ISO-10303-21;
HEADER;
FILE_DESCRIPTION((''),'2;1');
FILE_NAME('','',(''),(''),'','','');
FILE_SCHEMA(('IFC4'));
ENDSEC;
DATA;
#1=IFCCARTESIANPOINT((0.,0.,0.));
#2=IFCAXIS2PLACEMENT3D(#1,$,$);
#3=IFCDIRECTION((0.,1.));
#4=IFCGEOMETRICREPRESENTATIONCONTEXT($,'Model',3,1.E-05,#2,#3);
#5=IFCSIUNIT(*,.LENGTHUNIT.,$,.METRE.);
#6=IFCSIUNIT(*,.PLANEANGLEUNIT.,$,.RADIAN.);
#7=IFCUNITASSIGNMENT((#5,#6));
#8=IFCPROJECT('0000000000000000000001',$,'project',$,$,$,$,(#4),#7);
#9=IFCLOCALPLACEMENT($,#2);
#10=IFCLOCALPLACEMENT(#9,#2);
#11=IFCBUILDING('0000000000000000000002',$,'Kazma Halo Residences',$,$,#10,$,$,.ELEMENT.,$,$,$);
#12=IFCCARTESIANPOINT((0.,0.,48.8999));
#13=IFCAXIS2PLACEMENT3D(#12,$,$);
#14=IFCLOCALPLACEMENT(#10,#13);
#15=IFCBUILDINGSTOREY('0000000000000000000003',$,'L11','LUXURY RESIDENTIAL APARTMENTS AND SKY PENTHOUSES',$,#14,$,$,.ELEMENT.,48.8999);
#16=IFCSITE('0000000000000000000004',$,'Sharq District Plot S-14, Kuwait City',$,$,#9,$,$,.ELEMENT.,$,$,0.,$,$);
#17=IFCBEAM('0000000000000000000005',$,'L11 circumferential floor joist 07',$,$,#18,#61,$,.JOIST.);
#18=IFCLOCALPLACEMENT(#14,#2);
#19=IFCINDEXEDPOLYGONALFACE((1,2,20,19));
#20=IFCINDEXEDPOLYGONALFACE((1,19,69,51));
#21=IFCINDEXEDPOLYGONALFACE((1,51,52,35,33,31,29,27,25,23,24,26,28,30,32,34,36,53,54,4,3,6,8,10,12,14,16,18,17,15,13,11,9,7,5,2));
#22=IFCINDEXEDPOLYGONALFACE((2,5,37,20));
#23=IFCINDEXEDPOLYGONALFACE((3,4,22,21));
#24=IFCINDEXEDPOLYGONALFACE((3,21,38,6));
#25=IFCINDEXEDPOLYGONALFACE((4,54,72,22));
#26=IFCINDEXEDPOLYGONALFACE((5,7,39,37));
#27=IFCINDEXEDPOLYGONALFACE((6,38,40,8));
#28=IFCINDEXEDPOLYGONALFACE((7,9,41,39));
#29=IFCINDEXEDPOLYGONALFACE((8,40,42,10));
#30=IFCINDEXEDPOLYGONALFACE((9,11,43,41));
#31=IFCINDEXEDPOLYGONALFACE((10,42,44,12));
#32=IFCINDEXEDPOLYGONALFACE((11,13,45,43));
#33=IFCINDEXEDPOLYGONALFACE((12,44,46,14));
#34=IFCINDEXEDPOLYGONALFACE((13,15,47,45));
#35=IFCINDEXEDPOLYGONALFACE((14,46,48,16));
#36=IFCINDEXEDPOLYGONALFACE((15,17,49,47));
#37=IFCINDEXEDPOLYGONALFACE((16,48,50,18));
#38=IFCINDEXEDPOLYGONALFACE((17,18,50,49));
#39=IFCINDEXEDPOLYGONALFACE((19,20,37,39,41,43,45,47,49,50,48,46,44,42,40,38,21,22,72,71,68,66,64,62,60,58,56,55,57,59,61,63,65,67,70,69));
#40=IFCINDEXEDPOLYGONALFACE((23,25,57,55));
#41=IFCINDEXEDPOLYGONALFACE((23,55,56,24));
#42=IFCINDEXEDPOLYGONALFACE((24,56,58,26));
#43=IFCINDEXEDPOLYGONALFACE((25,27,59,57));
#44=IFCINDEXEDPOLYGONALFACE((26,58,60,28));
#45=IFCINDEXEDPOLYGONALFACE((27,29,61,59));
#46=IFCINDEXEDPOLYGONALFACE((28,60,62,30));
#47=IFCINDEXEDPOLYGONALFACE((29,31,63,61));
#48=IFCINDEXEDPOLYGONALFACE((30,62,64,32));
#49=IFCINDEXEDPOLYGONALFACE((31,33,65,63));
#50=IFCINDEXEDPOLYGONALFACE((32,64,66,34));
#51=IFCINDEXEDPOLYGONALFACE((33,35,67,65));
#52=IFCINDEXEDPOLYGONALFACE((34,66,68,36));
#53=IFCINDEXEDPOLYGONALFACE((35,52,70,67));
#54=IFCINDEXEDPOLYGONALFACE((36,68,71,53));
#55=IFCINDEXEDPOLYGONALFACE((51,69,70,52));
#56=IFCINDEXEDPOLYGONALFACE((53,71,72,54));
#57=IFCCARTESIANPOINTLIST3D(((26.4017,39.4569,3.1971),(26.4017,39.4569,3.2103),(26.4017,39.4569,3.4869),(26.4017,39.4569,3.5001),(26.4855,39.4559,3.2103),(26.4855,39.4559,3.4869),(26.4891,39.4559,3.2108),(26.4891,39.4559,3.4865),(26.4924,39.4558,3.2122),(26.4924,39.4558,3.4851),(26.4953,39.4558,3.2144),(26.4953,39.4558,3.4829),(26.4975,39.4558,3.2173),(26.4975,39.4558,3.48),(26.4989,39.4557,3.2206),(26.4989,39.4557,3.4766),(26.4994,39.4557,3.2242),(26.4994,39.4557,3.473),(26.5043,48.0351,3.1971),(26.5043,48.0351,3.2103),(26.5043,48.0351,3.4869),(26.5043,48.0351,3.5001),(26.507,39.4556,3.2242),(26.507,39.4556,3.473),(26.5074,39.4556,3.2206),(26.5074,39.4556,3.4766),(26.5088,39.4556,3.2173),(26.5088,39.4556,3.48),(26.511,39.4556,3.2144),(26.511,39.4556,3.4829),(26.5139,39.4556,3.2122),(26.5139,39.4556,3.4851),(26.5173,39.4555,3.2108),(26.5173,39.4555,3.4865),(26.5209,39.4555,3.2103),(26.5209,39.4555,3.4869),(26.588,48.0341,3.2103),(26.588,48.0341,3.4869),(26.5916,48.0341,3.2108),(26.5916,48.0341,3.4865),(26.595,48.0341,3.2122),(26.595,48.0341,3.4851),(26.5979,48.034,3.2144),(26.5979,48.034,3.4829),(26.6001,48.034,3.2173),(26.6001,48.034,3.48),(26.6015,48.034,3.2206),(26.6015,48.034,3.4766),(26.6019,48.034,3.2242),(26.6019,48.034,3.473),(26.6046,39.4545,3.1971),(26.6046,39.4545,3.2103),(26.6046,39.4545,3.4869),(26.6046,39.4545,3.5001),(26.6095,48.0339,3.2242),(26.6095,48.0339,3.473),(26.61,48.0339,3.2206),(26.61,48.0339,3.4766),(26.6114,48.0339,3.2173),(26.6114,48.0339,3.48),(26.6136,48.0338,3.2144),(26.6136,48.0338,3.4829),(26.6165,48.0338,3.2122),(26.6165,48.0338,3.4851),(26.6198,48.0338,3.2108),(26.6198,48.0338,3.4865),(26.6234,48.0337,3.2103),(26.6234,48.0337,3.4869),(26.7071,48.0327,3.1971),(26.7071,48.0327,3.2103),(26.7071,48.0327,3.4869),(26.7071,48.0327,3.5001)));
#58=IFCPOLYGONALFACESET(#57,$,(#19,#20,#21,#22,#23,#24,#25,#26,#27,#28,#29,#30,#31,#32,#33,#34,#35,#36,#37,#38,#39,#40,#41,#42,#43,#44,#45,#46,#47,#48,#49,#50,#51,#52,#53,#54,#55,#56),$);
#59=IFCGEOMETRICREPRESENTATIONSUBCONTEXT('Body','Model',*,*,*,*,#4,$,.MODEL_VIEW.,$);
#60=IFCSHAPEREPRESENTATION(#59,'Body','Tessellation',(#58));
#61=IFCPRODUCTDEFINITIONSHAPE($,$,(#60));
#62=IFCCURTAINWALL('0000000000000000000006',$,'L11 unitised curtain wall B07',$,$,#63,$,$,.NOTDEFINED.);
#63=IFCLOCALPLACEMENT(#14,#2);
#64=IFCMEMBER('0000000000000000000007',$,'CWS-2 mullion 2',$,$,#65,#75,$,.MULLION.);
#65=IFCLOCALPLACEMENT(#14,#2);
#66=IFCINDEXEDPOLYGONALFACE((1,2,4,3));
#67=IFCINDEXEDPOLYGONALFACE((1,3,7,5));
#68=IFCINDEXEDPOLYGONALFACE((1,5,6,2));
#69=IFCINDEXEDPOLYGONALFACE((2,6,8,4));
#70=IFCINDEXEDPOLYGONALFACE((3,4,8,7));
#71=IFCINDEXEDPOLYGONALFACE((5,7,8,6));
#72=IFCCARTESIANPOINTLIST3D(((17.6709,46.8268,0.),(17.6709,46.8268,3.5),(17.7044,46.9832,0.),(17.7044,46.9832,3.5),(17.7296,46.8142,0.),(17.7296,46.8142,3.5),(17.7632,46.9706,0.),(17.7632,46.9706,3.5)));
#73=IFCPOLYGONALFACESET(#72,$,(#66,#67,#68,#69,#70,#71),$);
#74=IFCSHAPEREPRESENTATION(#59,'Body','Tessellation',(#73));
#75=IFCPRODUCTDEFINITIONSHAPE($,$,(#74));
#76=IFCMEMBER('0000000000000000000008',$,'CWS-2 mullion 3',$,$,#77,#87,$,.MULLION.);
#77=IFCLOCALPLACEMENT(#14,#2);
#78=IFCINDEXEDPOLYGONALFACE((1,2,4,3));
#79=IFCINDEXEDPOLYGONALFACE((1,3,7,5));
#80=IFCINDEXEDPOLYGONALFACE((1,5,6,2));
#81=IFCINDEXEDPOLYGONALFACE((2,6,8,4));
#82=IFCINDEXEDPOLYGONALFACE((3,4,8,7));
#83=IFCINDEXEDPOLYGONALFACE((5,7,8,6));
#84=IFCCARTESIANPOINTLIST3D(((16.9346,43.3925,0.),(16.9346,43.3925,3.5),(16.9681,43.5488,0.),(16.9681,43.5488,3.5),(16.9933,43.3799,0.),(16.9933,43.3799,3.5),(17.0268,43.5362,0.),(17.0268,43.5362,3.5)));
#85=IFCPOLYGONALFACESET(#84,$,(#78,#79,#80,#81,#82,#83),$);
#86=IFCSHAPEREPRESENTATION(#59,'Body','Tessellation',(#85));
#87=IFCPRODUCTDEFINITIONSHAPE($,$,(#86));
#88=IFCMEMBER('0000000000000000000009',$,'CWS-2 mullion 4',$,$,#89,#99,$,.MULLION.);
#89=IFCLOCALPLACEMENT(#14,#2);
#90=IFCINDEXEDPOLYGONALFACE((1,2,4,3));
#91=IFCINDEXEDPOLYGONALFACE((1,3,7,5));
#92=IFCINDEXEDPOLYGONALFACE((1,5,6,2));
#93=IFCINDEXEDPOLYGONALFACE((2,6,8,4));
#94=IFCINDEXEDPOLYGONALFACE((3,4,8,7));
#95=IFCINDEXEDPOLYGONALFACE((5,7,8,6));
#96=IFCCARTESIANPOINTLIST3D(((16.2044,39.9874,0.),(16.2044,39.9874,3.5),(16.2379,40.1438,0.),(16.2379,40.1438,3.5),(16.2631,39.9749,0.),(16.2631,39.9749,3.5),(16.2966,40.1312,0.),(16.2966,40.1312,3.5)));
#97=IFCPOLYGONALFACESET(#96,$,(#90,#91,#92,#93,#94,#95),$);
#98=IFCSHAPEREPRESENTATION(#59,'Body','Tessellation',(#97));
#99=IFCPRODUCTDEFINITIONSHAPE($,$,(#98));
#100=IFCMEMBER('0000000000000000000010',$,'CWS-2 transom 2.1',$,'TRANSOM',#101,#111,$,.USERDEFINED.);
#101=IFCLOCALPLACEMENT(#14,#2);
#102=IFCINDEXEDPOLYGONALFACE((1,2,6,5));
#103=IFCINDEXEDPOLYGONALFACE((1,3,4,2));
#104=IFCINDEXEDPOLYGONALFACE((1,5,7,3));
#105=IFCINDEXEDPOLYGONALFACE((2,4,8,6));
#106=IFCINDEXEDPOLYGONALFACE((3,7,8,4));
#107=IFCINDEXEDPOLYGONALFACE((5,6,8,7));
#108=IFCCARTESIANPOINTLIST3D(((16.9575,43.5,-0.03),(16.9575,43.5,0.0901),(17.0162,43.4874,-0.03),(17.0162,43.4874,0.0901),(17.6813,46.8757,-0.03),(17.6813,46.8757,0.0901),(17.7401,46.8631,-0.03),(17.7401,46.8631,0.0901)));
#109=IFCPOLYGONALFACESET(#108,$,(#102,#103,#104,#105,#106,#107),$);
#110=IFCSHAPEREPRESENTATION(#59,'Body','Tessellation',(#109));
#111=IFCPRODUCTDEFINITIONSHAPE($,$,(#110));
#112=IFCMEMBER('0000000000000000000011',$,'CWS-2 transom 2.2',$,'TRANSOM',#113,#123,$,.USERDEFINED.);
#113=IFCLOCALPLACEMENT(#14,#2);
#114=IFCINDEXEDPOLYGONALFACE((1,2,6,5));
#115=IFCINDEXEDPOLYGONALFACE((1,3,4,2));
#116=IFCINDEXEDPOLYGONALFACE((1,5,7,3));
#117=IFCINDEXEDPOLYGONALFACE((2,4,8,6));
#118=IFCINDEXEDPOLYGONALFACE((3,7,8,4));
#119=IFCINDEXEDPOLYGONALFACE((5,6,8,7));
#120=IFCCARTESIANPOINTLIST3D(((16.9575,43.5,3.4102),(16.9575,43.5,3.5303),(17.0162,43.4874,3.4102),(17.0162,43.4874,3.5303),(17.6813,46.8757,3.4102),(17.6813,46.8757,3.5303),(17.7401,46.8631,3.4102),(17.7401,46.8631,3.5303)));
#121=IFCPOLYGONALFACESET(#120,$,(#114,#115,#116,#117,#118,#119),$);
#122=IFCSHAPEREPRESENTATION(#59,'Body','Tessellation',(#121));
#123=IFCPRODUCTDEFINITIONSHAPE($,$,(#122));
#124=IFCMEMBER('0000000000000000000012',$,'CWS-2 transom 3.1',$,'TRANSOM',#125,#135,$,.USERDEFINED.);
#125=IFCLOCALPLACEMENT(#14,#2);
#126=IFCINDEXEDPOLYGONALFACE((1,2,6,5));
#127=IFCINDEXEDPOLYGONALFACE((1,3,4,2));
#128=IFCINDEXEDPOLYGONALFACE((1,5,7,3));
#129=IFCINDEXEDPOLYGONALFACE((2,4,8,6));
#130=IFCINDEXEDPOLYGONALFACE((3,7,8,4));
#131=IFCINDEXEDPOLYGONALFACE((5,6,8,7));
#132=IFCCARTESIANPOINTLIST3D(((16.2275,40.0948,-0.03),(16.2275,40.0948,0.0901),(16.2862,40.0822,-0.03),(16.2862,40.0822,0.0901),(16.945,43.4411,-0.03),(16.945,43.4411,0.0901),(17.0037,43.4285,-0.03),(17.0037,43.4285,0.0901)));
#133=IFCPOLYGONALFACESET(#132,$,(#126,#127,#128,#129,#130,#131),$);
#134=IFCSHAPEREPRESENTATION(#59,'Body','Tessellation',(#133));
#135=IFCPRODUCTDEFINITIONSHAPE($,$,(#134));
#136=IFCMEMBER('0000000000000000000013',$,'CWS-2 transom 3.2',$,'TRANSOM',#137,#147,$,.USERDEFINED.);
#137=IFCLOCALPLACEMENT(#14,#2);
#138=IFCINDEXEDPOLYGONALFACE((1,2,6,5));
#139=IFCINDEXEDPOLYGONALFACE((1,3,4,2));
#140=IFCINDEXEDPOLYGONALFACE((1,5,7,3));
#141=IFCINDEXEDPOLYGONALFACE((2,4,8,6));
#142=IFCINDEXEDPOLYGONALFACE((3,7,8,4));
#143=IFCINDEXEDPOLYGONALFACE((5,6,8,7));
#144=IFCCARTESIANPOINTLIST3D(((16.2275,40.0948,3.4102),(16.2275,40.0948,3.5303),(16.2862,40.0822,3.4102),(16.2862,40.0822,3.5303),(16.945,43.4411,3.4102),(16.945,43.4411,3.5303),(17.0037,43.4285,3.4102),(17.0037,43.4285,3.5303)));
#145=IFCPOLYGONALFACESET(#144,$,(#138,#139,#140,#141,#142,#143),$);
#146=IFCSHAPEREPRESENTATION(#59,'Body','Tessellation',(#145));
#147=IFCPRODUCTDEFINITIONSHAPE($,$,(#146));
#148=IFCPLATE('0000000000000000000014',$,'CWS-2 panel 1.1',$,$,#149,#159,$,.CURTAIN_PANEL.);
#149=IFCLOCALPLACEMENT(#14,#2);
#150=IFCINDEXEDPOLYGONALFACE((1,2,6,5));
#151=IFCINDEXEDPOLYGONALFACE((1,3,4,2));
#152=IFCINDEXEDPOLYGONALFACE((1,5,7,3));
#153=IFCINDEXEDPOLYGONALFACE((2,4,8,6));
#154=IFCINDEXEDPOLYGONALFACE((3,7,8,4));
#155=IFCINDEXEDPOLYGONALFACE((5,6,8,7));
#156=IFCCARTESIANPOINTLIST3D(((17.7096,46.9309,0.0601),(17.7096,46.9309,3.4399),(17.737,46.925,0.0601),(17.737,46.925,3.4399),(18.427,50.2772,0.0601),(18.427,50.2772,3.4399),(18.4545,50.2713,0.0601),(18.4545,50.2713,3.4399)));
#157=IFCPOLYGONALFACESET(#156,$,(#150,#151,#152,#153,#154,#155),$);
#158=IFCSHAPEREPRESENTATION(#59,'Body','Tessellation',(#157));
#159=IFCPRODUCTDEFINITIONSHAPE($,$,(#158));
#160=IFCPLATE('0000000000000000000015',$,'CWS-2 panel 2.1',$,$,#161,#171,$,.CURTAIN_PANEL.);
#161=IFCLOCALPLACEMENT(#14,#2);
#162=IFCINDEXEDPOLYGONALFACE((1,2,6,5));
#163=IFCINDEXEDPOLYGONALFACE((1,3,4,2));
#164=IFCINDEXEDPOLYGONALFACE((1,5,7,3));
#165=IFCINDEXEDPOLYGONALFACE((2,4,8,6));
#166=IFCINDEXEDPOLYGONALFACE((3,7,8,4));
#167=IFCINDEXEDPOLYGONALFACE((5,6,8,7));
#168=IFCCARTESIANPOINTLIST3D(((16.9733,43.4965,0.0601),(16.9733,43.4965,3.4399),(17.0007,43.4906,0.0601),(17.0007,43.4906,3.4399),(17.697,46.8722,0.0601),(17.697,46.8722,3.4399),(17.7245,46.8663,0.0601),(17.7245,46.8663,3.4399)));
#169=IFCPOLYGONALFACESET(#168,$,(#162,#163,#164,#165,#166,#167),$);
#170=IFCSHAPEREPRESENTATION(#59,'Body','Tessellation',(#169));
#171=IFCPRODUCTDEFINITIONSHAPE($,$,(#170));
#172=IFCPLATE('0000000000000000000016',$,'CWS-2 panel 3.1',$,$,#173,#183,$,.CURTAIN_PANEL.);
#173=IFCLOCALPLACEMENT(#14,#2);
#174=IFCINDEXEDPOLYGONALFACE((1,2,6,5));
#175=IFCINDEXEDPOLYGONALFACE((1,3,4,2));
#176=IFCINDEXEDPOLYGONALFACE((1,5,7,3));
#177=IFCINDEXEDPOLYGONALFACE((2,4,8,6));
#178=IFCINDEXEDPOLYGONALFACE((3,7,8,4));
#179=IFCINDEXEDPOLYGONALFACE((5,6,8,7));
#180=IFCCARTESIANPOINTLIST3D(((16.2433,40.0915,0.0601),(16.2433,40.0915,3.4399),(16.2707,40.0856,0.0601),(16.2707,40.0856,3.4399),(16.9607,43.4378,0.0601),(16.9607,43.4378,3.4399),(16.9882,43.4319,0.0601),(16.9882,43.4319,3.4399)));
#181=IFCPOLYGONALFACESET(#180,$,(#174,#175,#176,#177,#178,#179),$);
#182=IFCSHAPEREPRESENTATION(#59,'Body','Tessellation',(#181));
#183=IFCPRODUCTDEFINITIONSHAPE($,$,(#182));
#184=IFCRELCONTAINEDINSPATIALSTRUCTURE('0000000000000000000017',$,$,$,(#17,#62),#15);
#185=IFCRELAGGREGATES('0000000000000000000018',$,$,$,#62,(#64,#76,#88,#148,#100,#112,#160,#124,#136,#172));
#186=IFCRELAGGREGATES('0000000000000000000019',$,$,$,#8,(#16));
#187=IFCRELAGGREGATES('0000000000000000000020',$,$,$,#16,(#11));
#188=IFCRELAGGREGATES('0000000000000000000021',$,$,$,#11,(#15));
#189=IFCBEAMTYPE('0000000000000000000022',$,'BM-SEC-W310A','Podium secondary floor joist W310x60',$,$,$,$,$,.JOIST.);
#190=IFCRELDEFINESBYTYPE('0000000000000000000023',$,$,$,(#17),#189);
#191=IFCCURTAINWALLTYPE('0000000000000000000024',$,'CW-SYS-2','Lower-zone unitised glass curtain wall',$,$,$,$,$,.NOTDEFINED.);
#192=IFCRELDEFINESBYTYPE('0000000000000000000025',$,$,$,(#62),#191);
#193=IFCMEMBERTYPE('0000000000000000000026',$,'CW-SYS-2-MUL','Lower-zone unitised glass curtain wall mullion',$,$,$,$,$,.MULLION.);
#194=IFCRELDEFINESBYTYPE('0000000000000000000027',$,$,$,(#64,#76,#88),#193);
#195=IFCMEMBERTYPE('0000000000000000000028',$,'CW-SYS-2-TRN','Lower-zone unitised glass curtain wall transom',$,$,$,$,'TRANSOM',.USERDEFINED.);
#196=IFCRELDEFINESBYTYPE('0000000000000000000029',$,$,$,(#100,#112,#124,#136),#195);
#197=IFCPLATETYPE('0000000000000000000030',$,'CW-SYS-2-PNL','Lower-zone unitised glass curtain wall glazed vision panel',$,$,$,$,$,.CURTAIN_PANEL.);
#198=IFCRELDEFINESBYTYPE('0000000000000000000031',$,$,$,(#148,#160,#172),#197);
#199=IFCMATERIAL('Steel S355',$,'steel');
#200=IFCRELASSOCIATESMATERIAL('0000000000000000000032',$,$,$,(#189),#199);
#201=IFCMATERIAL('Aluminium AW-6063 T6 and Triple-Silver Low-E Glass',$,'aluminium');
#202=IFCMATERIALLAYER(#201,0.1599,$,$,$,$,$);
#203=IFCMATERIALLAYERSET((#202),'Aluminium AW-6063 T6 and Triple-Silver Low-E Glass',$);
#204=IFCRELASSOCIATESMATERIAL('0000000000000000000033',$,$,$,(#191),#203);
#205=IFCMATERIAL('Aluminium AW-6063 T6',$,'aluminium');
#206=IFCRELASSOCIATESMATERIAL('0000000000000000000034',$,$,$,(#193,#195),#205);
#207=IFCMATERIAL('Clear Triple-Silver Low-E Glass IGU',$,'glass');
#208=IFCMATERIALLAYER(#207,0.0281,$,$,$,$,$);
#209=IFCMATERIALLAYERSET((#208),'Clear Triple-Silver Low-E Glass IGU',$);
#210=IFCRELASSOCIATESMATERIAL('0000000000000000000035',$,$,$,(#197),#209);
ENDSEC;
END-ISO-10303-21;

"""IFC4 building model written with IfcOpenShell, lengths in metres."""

from ifc_helpers import new_model, si_unit, direction, frame, origin, origin_2d, place, context, subcontext, project, spatial, rectangle, i_section, extrude, material, layer, layer_set, material_profile, profile_set, type_object, element, aggregate, save


model = new_model("IFC4")

# Units and contexts
model_context = context("Model", 3, precision=1e-05, world=origin(), true_north=direction((0.0, 1.0)))
body_context = subcontext(model_context, "Body", "Model", "MODEL_VIEW")
ifc_project = project(units=[si_unit("LENGTHUNIT", "METRE"), si_unit("PLANEANGLEUNIT", "RADIAN")], contexts=[model_context])

# Site, building, storey
site_placement = place(None, origin())
site = spatial("IfcSite", under=ifc_project, at=site_placement, Name="Sharq District Plot S-14, Kuwait City", CompositionType="ELEMENT", RefElevation=0.0)
building_placement = place(site_placement, origin())
building = spatial("IfcBuilding", under=site, at=building_placement, Name="Kazma Halo Residences", CompositionType="ELEMENT")
storey_placement = place(building_placement, frame((0.0, 0.0, 48.8999)))
storey = spatial("IfcBuildingStorey", under=building, at=storey_placement, Name="L11", Description="LUXURY RESIDENTIAL APARTMENTS AND SKY PENTHOUSES", CompositionType="ELEMENT", Elevation=48.8999)

# Beam
ifc_material_1 = material(Name="Steel S355", Category="steel")
ifc_material_profile_1 = material_profile(ifc_material_1, i_section(OverallWidth=0.2029, OverallDepth=0.303, WebThickness=0.0076, FlangeThickness=0.0132, FilletRadius=0.0139, at=origin_2d()), Name="W310x60")
ifc_profile_set_1 = profile_set([ifc_material_profile_1], Name="Steel S355")
beam_type = type_object("IfcBeamType", Name="BM-SEC-W310A", Description="Podium secondary floor joist W310x60", PredefinedType="JOIST", material=ifc_profile_set_1)
beam_placement = place(storey_placement, frame((26.6057, 48.0339, 3.3486), z_axis=(-0.011953, -0.999929, 0.0), x_axis=(0.999929, -0.011953, 0.0)))
element("IfcBeam", 1, at=beam_placement, inside=storey, type_object=beam_type, Name="L11 circumferential floor joist 07", PredefinedType="JOIST", context=body_context, shape_type="SweptSolid", body=[
    extrude(i_section(OverallWidth=0.2029, OverallDepth=0.303, WebThickness=0.0076, FlangeThickness=0.0132, FilletRadius=0.0139, at=origin_2d()), origin(), (0.0, 0.0, 1.0), 8.5789),
])

# Curtain wall, members, plates
ifc_material_2 = material(Name="Aluminium AW-6063 T6 and Triple-Silver Low-E Glass", Category="aluminium")
ifc_layer_1 = layer(ifc_material_2, 0.1599)
ifc_layer_set_1 = layer_set([ifc_layer_1], Name="Aluminium AW-6063 T6 and Triple-Silver Low-E Glass")
curtain_wall_type = type_object("IfcCurtainWallType", Name="CW-SYS-2", Description="Lower-zone unitised glass curtain wall", PredefinedType="NOTDEFINED", material=ifc_layer_set_1)
curtain_wall_placement = place(storey_placement, origin())
curtain_wall = element("IfcCurtainWall", 2, at=curtain_wall_placement, inside=storey, type_object=curtain_wall_type, Name="L11 unitised curtain wall B07", PredefinedType="NOTDEFINED")
ifc_material_3 = material(Name="Aluminium AW-6063 T6", Category="aluminium")
ifc_material_profile_2 = material_profile(ifc_material_3, rectangle(XDim=0.0601, YDim=0.1599, at=origin_2d()), Name="CWM-60x160")
ifc_profile_set_2 = profile_set([ifc_material_profile_2], Name="Aluminium AW-6063 T6")
member_type_1 = type_object("IfcMemberType", Name="CW-SYS-2-MUL", Description="Lower-zone unitised glass curtain wall mullion", PredefinedType="MULLION", material=ifc_profile_set_2)
member_1_placement = place(storey_placement, frame((17.717, 46.8987, 0.0), z_axis=(0.0, 0.0, 1.0), x_axis=(0.977779, -0.209637, 0.0)))
member_1 = element("IfcMember", 3, at=member_1_placement, type_object=member_type_1, Name="CWS-2 mullion 2", PredefinedType="MULLION", context=body_context, shape_type="SweptSolid", body=[
    extrude(rectangle(XDim=0.0601, YDim=0.1599, at=origin_2d()), origin(), (0.0, 0.0, 1.0), 3.5),
])
member_2_placement = place(storey_placement, frame((16.9807, 43.4644, 0.0), z_axis=(0.0, 0.0, 1.0), x_axis=(0.977779, -0.209637, 0.0)))
member_2 = element("IfcMember", 4, at=member_2_placement, type_object=member_type_1, Name="CWS-2 mullion 3", PredefinedType="MULLION", context=body_context, shape_type="SweptSolid", body=[
    extrude(rectangle(XDim=0.0601, YDim=0.1599, at=origin_2d()), origin(), (0.0, 0.0, 1.0), 3.5),
])
member_3_placement = place(storey_placement, frame((16.2505, 40.0593, 0.0), z_axis=(0.0, 0.0, 1.0), x_axis=(0.977779, -0.209637, 0.0)))
member_3 = element("IfcMember", 5, at=member_3_placement, type_object=member_type_1, Name="CWS-2 mullion 4", PredefinedType="MULLION", context=body_context, shape_type="SweptSolid", body=[
    extrude(rectangle(XDim=0.0601, YDim=0.1599, at=origin_2d()), origin(), (0.0, 0.0, 1.0), 3.5),
])
ifc_material_profile_3 = material_profile(ifc_material_3, rectangle(XDim=0.0601, YDim=0.1201, at=origin_2d()), Name="CWT-60x120")
ifc_profile_set_3 = profile_set([ifc_material_profile_3], Name="Aluminium AW-6063 T6")
member_type_2 = type_object("IfcMemberType", Name="CW-SYS-2-TRN", Description="Lower-zone unitised glass curtain wall transom", ElementType="TRANSOM", PredefinedType="USERDEFINED", material=ifc_profile_set_3)
member_4_placement = place(storey_placement, frame((17.7107, 46.8694, 0.03), z_axis=(-0.209669, -0.977772, 0.0), x_axis=(0.977772, -0.209669, 0.0)))
member_4 = element("IfcMember", 6, at=member_4_placement, type_object=member_type_2, Name="CWS-2 transom 2.1", ObjectType="TRANSOM", PredefinedType="USERDEFINED", context=body_context, shape_type="SweptSolid", body=[
    extrude(rectangle(XDim=0.0601, YDim=0.1201, at=origin_2d()), origin(), (0.0, 0.0, 1.0), 3.4524),
])
member_5_placement = place(storey_placement, frame((17.7107, 46.8694, 3.4702), z_axis=(-0.209669, -0.977772, 0.0), x_axis=(0.977772, -0.209669, 0.0)))
member_5 = element("IfcMember", 7, at=member_5_placement, type_object=member_type_2, Name="CWS-2 transom 2.2", ObjectType="TRANSOM", PredefinedType="USERDEFINED", context=body_context, shape_type="SweptSolid", body=[
    extrude(rectangle(XDim=0.0601, YDim=0.1201, at=origin_2d()), origin(), (0.0, 0.0, 1.0), 3.4524),
])
member_6_placement = place(storey_placement, frame((16.9744, 43.4348, 0.03), z_axis=(-0.209666, -0.977773, 0.0), x_axis=(0.977773, -0.209666, 0.0)))
member_6 = element("IfcMember", 8, at=member_6_placement, type_object=member_type_2, Name="CWS-2 transom 3.1", ObjectType="TRANSOM", PredefinedType="USERDEFINED", context=body_context, shape_type="SweptSolid", body=[
    extrude(rectangle(XDim=0.0601, YDim=0.1201, at=origin_2d()), origin(), (0.0, 0.0, 1.0), 3.4224),
])
member_7_placement = place(storey_placement, frame((16.9744, 43.4348, 3.4702), z_axis=(-0.209666, -0.977773, 0.0), x_axis=(0.977773, -0.209666, 0.0)))
member_7 = element("IfcMember", 9, at=member_7_placement, type_object=member_type_2, Name="CWS-2 transom 3.2", ObjectType="TRANSOM", PredefinedType="USERDEFINED", context=body_context, shape_type="SweptSolid", body=[
    extrude(rectangle(XDim=0.0601, YDim=0.1201, at=origin_2d()), origin(), (0.0, 0.0, 1.0), 3.4224),
])
ifc_material_4 = material(Name="Clear Triple-Silver Low-E Glass IGU", Category="glass")
ifc_layer_2 = layer(ifc_material_4, 0.0281)
ifc_layer_set_2 = layer_set([ifc_layer_2], Name="Clear Triple-Silver Low-E Glass IGU")
plate_type = type_object("IfcPlateType", Name="CW-SYS-2-PNL", Description="Lower-zone unitised glass curtain wall glazed vision panel", PredefinedType="CURTAIN_PANEL", material=ifc_layer_set_2)
plate_1_placement = place(storey_placement, frame((18.082, 48.6011, 0.0601), z_axis=(0.0, 0.0, 1.0), x_axis=(-0.209637, -0.977779, 0.0)))
plate_1 = element("IfcPlate", 10, at=plate_1_placement, type_object=plate_type, Name="CWS-2 panel 1.1", PredefinedType="CURTAIN_PANEL", context=body_context, shape_type="SweptSolid", body=[
    extrude(rectangle(XDim=3.4224, YDim=0.0281, at=origin_2d()), origin(), (0.0, 0.0, 1.0), 3.3799),
])
plate_2_placement = place(storey_placement, frame((17.3489, 45.1814, 0.0601), z_axis=(0.0, 0.0, 1.0), x_axis=(-0.209637, -0.977779, 0.0)))
plate_2 = element("IfcPlate", 11, at=plate_2_placement, type_object=plate_type, Name="CWS-2 panel 2.1", PredefinedType="CURTAIN_PANEL", context=body_context, shape_type="SweptSolid", body=[
    extrude(rectangle(XDim=3.4524, YDim=0.0281, at=origin_2d()), origin(), (0.0, 0.0, 1.0), 3.3799),
])
plate_3_placement = place(storey_placement, frame((16.6157, 41.7617, 0.0601), z_axis=(0.0, 0.0, 1.0), x_axis=(-0.209637, -0.977779, 0.0)))
plate_3 = element("IfcPlate", 12, at=plate_3_placement, type_object=plate_type, Name="CWS-2 panel 3.1", PredefinedType="CURTAIN_PANEL", context=body_context, shape_type="SweptSolid", body=[
    extrude(rectangle(XDim=3.4224, YDim=0.0281, at=origin_2d()), origin(), (0.0, 0.0, 1.0), 3.3799),
])
aggregate(curtain_wall, [member_1, member_2, member_3, plate_1, member_4, member_5, plate_2, member_6, member_7, plate_3])

save(model, "model.ifc")
